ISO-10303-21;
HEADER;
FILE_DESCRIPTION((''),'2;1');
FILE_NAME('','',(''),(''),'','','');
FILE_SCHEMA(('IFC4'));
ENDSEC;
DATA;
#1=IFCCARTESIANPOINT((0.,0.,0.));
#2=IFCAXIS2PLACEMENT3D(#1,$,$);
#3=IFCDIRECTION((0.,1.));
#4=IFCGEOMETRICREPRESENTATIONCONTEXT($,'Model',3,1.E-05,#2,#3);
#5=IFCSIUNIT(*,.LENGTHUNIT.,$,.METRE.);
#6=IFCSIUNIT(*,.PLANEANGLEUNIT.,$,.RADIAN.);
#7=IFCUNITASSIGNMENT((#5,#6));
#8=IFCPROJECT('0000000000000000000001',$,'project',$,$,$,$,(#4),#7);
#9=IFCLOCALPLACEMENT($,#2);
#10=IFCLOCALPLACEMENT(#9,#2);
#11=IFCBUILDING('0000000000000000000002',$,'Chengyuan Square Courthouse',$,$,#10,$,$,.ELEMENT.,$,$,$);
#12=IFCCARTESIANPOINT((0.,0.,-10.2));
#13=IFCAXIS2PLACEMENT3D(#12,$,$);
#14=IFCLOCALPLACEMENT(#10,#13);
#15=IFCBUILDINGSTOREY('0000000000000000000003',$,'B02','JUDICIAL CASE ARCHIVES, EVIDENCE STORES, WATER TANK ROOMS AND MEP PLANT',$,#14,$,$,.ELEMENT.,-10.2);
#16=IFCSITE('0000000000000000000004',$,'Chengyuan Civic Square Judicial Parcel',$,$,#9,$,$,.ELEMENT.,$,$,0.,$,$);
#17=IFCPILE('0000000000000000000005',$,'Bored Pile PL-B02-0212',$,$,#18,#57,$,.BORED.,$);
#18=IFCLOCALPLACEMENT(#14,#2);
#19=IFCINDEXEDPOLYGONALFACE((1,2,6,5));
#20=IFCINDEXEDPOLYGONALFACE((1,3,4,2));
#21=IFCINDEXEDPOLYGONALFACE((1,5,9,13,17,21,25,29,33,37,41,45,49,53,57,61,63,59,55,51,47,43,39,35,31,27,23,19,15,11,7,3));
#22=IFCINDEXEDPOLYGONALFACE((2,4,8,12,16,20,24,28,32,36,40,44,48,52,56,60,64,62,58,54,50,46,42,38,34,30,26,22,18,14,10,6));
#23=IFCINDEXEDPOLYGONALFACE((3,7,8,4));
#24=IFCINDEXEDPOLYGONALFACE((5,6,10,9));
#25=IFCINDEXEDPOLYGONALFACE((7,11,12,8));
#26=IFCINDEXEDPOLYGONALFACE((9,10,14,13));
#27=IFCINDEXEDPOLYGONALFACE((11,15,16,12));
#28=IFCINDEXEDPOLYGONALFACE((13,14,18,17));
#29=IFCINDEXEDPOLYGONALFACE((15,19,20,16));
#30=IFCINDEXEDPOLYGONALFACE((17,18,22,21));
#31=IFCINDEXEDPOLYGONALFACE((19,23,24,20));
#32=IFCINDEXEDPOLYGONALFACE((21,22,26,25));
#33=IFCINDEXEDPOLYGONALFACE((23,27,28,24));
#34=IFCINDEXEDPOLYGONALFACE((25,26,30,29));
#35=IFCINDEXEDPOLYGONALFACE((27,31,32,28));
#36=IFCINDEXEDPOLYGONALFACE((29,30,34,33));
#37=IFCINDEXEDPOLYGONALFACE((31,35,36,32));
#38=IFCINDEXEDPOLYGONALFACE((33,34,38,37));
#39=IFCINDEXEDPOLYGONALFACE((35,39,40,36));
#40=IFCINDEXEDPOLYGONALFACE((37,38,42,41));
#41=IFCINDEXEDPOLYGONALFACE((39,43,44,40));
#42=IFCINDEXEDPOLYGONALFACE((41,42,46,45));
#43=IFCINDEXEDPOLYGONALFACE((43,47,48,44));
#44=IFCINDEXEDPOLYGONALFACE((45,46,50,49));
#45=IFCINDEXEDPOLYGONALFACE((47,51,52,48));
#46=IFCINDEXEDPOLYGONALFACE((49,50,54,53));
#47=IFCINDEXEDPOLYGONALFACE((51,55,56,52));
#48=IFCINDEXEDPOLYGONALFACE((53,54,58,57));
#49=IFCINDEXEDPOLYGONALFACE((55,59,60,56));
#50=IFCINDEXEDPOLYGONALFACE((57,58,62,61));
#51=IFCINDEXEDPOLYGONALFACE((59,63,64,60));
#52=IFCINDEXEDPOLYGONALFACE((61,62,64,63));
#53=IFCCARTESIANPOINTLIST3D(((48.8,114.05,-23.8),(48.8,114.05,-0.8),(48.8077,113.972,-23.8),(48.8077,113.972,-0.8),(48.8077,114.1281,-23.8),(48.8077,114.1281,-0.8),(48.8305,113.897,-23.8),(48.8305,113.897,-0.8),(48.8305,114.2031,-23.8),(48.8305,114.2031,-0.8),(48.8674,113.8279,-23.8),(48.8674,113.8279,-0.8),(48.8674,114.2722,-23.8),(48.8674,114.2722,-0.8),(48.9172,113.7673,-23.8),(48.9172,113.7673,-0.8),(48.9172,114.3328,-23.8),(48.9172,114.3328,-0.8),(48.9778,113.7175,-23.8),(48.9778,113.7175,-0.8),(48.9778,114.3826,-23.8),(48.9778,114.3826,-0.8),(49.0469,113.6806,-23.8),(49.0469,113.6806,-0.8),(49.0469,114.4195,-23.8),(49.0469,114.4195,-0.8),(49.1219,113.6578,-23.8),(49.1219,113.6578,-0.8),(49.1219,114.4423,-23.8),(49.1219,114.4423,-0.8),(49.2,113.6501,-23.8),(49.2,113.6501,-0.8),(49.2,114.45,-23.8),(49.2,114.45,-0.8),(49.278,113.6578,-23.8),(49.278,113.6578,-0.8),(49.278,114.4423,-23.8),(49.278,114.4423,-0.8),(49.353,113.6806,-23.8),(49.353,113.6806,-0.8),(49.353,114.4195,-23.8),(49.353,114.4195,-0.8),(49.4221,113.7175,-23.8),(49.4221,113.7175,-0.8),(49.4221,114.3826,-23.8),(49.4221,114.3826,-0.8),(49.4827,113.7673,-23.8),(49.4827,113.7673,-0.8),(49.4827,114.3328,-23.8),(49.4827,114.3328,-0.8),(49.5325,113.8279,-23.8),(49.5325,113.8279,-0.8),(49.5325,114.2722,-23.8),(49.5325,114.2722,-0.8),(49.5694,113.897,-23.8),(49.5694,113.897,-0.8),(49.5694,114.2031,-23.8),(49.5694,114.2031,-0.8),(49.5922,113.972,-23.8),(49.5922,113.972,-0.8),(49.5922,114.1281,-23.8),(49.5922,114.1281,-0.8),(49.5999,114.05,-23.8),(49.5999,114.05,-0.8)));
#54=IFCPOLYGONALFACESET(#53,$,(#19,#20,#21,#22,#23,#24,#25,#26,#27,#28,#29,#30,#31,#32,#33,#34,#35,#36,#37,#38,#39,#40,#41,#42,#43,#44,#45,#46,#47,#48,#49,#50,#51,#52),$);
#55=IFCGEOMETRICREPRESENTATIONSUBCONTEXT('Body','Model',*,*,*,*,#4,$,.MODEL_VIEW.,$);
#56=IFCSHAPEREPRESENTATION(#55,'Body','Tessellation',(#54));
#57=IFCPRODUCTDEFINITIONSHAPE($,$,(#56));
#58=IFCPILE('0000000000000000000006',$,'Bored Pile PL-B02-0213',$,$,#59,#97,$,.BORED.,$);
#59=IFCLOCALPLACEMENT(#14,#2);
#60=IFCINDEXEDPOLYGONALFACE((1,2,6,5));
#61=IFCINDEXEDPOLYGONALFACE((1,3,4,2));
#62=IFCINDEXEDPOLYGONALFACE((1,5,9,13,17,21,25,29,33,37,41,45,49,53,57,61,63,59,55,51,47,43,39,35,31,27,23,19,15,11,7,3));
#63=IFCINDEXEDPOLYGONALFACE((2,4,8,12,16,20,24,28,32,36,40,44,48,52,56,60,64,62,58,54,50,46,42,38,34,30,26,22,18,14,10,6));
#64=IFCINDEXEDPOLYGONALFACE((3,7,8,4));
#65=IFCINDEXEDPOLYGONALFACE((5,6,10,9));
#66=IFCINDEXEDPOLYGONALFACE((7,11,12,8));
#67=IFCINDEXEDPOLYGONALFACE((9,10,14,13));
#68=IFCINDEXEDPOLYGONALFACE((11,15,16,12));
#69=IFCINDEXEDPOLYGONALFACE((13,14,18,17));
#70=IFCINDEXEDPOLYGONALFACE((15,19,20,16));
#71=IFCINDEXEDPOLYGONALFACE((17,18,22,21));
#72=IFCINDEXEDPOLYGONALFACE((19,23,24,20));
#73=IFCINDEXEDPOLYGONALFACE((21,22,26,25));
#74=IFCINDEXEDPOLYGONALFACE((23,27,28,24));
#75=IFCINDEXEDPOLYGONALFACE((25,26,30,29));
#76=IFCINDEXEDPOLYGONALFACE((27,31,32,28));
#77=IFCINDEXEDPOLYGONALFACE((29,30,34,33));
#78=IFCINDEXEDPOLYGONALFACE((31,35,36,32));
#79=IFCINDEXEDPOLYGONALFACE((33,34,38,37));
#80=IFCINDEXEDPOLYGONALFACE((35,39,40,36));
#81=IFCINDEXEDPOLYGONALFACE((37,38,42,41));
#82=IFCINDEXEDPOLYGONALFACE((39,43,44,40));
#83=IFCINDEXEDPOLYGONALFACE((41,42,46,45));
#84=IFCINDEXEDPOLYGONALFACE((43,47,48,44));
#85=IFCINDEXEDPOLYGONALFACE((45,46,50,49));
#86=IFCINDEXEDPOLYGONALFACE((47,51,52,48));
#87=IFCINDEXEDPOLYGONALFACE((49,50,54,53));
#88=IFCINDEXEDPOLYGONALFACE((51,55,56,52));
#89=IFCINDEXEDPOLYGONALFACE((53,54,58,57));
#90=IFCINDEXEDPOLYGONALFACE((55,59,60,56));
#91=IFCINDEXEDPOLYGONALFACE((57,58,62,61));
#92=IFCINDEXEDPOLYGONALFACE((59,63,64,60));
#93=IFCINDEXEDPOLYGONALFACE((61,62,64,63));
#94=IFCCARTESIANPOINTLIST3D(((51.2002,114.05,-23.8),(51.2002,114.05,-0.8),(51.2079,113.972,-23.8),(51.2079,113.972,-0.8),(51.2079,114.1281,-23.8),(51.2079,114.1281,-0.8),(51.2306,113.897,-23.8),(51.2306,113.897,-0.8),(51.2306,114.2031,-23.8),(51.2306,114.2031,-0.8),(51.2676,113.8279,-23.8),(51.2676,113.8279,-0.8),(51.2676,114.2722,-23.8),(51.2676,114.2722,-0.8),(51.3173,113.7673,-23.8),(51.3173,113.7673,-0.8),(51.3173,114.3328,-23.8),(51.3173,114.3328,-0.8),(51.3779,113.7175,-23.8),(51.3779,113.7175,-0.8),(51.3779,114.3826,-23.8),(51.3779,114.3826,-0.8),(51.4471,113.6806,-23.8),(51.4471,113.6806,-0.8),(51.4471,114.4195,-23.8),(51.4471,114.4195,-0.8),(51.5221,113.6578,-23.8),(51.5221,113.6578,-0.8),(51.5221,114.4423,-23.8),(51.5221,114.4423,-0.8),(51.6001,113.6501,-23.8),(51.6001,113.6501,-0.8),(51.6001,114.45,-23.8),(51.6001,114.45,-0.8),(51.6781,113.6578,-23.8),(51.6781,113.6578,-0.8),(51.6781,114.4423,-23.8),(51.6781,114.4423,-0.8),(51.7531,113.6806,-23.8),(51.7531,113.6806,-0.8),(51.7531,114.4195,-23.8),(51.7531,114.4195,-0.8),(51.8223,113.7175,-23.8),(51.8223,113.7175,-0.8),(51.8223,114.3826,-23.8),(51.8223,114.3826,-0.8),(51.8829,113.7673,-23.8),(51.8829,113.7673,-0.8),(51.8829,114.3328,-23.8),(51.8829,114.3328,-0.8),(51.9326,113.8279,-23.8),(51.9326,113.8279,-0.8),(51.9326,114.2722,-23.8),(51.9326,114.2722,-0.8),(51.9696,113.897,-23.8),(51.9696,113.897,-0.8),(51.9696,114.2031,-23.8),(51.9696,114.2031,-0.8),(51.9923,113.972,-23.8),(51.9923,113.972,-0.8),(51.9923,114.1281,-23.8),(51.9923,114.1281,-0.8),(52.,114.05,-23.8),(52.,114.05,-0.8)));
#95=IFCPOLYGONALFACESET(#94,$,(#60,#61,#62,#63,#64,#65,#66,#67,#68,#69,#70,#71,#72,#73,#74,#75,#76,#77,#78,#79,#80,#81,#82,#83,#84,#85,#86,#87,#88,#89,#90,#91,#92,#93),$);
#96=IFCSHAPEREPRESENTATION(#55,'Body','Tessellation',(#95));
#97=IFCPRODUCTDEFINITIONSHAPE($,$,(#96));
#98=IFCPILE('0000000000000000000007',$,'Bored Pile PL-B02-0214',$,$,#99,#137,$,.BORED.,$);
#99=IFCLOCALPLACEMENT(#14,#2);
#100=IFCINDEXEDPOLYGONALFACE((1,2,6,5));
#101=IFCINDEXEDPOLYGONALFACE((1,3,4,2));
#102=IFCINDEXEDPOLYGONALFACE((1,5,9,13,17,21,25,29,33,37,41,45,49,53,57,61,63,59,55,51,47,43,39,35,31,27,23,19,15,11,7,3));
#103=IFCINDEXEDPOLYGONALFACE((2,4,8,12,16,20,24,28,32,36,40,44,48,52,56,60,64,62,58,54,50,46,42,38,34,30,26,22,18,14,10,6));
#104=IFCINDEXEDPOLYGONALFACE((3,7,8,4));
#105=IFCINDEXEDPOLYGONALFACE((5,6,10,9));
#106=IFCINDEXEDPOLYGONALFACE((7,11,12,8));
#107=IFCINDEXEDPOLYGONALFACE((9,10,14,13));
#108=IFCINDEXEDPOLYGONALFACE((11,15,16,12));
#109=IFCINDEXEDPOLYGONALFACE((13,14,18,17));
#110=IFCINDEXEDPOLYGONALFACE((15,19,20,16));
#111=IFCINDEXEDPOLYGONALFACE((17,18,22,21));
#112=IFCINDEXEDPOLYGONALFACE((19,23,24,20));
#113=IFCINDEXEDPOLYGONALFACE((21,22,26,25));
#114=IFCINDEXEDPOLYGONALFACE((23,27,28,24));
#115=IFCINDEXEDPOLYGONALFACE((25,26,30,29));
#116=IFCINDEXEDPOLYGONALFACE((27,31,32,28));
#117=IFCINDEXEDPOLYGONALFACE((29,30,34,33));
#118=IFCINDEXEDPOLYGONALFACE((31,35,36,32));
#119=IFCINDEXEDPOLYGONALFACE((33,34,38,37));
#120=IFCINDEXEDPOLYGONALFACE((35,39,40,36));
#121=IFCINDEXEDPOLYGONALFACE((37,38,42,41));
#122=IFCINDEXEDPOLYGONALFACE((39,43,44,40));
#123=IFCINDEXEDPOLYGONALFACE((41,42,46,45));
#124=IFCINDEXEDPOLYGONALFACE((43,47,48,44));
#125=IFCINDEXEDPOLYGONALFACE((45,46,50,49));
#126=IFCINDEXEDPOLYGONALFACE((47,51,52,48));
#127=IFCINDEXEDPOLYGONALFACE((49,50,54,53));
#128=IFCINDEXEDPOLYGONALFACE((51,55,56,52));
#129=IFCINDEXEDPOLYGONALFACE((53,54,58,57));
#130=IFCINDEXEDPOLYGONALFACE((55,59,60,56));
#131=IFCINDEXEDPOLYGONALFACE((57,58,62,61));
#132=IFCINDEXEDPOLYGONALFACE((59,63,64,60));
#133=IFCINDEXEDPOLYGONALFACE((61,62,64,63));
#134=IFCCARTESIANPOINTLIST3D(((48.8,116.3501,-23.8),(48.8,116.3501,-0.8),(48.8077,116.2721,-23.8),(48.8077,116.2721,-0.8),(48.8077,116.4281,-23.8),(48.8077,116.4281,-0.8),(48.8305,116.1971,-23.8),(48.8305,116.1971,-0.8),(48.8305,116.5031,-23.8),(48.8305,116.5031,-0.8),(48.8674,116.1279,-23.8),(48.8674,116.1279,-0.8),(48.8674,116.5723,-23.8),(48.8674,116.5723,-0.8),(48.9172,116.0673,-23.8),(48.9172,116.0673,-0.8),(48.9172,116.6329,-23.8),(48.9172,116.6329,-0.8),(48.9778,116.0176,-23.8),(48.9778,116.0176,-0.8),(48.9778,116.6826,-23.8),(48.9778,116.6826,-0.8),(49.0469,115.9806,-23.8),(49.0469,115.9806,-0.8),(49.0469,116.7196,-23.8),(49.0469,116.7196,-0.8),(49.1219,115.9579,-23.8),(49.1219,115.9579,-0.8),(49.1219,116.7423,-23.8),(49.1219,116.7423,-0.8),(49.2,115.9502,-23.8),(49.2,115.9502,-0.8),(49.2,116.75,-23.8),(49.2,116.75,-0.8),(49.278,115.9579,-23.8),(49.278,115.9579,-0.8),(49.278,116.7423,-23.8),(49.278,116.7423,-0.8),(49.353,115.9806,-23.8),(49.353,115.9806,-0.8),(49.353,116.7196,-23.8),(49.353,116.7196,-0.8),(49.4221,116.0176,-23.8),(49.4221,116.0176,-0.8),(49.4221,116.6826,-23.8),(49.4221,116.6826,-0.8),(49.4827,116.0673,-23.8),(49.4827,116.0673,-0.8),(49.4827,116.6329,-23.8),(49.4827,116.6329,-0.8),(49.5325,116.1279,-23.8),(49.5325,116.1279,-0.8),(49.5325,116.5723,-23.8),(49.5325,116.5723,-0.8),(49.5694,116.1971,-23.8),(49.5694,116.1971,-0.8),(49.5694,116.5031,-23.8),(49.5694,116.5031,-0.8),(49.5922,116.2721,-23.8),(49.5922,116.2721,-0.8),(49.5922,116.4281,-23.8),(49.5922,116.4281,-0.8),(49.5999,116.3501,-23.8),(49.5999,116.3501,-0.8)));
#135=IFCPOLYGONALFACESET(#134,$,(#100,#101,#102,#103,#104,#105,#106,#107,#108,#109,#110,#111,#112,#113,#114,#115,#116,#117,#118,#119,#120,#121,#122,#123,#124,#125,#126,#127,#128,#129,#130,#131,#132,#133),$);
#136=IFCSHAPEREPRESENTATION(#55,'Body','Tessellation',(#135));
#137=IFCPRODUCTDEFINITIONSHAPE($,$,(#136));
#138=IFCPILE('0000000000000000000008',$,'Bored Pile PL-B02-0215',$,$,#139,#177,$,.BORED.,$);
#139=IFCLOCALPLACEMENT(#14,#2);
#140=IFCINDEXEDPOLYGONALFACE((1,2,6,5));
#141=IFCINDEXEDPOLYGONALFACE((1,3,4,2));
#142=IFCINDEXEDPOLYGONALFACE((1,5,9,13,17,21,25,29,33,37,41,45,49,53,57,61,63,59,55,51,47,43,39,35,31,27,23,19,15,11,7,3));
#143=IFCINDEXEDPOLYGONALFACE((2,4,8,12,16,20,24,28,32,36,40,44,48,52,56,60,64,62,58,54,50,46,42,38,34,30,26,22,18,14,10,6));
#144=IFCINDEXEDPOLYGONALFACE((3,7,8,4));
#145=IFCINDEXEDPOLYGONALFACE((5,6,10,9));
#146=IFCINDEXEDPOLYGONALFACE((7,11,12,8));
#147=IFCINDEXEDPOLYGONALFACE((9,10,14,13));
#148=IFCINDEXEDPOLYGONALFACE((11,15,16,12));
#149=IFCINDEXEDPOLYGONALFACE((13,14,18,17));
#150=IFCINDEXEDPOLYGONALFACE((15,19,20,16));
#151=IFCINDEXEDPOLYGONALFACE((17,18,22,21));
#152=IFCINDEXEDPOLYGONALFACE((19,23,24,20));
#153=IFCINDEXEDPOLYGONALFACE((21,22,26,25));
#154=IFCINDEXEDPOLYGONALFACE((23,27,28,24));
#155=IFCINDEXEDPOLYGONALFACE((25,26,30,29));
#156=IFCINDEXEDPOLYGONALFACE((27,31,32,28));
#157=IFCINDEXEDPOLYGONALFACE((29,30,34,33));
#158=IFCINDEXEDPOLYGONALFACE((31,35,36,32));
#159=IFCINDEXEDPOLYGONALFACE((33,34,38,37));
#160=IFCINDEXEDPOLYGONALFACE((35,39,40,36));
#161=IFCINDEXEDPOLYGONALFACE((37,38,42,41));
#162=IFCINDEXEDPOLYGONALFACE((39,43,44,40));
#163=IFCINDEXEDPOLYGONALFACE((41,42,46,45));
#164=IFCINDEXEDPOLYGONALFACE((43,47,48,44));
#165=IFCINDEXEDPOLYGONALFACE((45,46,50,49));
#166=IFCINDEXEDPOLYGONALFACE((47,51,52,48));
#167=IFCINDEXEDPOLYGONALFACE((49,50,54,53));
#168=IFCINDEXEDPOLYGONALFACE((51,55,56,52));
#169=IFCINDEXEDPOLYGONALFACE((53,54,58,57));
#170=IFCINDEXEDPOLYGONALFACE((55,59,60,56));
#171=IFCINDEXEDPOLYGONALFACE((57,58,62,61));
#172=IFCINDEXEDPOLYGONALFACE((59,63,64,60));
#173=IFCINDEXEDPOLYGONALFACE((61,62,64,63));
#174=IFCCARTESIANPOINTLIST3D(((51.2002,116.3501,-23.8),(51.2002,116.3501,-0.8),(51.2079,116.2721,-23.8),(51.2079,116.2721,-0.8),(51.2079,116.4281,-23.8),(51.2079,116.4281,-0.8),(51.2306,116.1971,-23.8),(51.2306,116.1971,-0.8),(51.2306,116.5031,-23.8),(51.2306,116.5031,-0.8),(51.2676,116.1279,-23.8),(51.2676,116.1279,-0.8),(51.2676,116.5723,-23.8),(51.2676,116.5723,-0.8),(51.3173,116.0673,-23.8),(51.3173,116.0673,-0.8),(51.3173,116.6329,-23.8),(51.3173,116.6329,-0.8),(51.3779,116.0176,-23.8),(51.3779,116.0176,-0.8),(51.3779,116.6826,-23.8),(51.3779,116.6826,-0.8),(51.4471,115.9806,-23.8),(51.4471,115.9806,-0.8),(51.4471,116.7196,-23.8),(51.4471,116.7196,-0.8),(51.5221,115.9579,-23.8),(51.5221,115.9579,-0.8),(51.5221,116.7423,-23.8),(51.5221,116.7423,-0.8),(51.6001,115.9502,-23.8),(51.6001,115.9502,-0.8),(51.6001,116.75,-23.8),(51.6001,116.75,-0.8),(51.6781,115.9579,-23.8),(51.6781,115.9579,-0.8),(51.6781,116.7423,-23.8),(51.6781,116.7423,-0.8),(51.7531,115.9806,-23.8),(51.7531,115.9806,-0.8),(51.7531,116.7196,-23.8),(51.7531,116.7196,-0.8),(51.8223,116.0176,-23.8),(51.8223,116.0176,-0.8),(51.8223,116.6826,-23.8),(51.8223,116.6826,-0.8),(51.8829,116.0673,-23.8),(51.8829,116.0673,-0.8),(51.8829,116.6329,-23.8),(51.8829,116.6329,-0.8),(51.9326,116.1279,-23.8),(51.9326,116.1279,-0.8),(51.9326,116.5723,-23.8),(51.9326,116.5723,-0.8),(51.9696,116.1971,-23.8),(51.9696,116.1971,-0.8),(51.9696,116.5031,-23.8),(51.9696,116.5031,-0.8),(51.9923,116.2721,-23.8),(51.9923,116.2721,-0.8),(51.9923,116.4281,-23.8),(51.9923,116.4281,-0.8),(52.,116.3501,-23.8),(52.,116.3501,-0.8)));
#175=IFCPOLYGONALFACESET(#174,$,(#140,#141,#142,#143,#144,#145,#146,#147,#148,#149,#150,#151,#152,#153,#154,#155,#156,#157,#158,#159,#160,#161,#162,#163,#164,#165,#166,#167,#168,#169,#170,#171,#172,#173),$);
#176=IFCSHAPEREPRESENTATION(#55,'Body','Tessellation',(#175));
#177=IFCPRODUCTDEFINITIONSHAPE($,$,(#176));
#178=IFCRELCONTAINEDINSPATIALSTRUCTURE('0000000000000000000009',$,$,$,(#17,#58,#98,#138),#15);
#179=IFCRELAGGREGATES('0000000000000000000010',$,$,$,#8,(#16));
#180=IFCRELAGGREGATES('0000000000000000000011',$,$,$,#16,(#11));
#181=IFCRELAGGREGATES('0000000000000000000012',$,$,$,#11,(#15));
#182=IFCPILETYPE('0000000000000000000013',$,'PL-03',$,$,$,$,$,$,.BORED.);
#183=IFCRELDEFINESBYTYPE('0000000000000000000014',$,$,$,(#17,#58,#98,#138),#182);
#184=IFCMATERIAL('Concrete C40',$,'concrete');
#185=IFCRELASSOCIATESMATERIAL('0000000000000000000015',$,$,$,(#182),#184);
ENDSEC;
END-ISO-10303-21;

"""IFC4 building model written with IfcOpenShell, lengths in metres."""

from ifc_helpers import new_model, si_unit, direction, frame, origin, origin_2d, place, context, subcontext, project, spatial, circle, extrude, material, material_profile, profile_set, type_object, element, save


model = new_model("IFC4")

# Units and contexts
model_context = context("Model", 3, precision=1e-05, world=origin(), true_north=direction((0.0, 1.0)))
body_context = subcontext(model_context, "Body", "Model", "MODEL_VIEW")
ifc_project = project(units=[si_unit("LENGTHUNIT", "METRE"), si_unit("PLANEANGLEUNIT", "RADIAN")], contexts=[model_context])

# Site, building, storey
site_placement = place(None, origin())
site = spatial("IfcSite", under=ifc_project, at=site_placement, Name="Chengyuan Civic Square Judicial Parcel", CompositionType="ELEMENT", RefElevation=0.0)
building_placement = place(site_placement, origin())
building = spatial("IfcBuilding", under=site, at=building_placement, Name="Chengyuan Square Courthouse", CompositionType="ELEMENT")
storey_placement = place(building_placement, frame((0.0, 0.0, -10.2)))
storey = spatial("IfcBuildingStorey", under=building, at=storey_placement, Name="B02", Description="JUDICIAL CASE ARCHIVES, EVIDENCE STORES, WATER TANK ROOMS AND MEP PLANT", CompositionType="ELEMENT", Elevation=-10.2)

# Shared definitions
ifc_material_1 = material(Name="Concrete C40", Category="concrete")

# Piles
ifc_material_profile_1 = material_profile(ifc_material_1, circle(Radius=0.3999, at=origin_2d()), Name="BORED PILE D800")
ifc_profile_set_1 = profile_set([ifc_material_profile_1], Name="Concrete C40")
pile_type_1 = type_object("IfcPileType", Name="PL-03", PredefinedType="BORED", material=ifc_profile_set_1)
for number, where, z_axis, x_axis, name in (
    (1, (49.2, 114.05, -0.8), (0.0, 0.0, -1.0), (1.0, 0.0, 0.0), "Bored Pile PL-B02-0212"),
    (2, (51.6001, 114.05, -0.8), (0.0, 0.0, -1.0), (1.0, 0.0, 0.0), "Bored Pile PL-B02-0213"),
    (3, (49.2, 116.3501, -0.8), (0.0, 0.0, -1.0), (1.0, 0.0, 0.0), "Bored Pile PL-B02-0214"),
    (4, (51.6001, 116.3501, -0.8), (0.0, 0.0, -1.0), (1.0, 0.0, 0.0), "Bored Pile PL-B02-0215"),
):
    element("IfcPile", number, at=place(storey_placement, frame(where, z_axis=z_axis, x_axis=x_axis)), inside=storey, type_object=pile_type_1, Name=name, PredefinedType="BORED", context=body_context, shape_type="SweptSolid", body=[
        extrude(circle(Radius=0.3999, at=origin_2d()), origin(), (0.0, 0.0, 1.0), 23.0),
    ])

save(model, "model.ifc")
